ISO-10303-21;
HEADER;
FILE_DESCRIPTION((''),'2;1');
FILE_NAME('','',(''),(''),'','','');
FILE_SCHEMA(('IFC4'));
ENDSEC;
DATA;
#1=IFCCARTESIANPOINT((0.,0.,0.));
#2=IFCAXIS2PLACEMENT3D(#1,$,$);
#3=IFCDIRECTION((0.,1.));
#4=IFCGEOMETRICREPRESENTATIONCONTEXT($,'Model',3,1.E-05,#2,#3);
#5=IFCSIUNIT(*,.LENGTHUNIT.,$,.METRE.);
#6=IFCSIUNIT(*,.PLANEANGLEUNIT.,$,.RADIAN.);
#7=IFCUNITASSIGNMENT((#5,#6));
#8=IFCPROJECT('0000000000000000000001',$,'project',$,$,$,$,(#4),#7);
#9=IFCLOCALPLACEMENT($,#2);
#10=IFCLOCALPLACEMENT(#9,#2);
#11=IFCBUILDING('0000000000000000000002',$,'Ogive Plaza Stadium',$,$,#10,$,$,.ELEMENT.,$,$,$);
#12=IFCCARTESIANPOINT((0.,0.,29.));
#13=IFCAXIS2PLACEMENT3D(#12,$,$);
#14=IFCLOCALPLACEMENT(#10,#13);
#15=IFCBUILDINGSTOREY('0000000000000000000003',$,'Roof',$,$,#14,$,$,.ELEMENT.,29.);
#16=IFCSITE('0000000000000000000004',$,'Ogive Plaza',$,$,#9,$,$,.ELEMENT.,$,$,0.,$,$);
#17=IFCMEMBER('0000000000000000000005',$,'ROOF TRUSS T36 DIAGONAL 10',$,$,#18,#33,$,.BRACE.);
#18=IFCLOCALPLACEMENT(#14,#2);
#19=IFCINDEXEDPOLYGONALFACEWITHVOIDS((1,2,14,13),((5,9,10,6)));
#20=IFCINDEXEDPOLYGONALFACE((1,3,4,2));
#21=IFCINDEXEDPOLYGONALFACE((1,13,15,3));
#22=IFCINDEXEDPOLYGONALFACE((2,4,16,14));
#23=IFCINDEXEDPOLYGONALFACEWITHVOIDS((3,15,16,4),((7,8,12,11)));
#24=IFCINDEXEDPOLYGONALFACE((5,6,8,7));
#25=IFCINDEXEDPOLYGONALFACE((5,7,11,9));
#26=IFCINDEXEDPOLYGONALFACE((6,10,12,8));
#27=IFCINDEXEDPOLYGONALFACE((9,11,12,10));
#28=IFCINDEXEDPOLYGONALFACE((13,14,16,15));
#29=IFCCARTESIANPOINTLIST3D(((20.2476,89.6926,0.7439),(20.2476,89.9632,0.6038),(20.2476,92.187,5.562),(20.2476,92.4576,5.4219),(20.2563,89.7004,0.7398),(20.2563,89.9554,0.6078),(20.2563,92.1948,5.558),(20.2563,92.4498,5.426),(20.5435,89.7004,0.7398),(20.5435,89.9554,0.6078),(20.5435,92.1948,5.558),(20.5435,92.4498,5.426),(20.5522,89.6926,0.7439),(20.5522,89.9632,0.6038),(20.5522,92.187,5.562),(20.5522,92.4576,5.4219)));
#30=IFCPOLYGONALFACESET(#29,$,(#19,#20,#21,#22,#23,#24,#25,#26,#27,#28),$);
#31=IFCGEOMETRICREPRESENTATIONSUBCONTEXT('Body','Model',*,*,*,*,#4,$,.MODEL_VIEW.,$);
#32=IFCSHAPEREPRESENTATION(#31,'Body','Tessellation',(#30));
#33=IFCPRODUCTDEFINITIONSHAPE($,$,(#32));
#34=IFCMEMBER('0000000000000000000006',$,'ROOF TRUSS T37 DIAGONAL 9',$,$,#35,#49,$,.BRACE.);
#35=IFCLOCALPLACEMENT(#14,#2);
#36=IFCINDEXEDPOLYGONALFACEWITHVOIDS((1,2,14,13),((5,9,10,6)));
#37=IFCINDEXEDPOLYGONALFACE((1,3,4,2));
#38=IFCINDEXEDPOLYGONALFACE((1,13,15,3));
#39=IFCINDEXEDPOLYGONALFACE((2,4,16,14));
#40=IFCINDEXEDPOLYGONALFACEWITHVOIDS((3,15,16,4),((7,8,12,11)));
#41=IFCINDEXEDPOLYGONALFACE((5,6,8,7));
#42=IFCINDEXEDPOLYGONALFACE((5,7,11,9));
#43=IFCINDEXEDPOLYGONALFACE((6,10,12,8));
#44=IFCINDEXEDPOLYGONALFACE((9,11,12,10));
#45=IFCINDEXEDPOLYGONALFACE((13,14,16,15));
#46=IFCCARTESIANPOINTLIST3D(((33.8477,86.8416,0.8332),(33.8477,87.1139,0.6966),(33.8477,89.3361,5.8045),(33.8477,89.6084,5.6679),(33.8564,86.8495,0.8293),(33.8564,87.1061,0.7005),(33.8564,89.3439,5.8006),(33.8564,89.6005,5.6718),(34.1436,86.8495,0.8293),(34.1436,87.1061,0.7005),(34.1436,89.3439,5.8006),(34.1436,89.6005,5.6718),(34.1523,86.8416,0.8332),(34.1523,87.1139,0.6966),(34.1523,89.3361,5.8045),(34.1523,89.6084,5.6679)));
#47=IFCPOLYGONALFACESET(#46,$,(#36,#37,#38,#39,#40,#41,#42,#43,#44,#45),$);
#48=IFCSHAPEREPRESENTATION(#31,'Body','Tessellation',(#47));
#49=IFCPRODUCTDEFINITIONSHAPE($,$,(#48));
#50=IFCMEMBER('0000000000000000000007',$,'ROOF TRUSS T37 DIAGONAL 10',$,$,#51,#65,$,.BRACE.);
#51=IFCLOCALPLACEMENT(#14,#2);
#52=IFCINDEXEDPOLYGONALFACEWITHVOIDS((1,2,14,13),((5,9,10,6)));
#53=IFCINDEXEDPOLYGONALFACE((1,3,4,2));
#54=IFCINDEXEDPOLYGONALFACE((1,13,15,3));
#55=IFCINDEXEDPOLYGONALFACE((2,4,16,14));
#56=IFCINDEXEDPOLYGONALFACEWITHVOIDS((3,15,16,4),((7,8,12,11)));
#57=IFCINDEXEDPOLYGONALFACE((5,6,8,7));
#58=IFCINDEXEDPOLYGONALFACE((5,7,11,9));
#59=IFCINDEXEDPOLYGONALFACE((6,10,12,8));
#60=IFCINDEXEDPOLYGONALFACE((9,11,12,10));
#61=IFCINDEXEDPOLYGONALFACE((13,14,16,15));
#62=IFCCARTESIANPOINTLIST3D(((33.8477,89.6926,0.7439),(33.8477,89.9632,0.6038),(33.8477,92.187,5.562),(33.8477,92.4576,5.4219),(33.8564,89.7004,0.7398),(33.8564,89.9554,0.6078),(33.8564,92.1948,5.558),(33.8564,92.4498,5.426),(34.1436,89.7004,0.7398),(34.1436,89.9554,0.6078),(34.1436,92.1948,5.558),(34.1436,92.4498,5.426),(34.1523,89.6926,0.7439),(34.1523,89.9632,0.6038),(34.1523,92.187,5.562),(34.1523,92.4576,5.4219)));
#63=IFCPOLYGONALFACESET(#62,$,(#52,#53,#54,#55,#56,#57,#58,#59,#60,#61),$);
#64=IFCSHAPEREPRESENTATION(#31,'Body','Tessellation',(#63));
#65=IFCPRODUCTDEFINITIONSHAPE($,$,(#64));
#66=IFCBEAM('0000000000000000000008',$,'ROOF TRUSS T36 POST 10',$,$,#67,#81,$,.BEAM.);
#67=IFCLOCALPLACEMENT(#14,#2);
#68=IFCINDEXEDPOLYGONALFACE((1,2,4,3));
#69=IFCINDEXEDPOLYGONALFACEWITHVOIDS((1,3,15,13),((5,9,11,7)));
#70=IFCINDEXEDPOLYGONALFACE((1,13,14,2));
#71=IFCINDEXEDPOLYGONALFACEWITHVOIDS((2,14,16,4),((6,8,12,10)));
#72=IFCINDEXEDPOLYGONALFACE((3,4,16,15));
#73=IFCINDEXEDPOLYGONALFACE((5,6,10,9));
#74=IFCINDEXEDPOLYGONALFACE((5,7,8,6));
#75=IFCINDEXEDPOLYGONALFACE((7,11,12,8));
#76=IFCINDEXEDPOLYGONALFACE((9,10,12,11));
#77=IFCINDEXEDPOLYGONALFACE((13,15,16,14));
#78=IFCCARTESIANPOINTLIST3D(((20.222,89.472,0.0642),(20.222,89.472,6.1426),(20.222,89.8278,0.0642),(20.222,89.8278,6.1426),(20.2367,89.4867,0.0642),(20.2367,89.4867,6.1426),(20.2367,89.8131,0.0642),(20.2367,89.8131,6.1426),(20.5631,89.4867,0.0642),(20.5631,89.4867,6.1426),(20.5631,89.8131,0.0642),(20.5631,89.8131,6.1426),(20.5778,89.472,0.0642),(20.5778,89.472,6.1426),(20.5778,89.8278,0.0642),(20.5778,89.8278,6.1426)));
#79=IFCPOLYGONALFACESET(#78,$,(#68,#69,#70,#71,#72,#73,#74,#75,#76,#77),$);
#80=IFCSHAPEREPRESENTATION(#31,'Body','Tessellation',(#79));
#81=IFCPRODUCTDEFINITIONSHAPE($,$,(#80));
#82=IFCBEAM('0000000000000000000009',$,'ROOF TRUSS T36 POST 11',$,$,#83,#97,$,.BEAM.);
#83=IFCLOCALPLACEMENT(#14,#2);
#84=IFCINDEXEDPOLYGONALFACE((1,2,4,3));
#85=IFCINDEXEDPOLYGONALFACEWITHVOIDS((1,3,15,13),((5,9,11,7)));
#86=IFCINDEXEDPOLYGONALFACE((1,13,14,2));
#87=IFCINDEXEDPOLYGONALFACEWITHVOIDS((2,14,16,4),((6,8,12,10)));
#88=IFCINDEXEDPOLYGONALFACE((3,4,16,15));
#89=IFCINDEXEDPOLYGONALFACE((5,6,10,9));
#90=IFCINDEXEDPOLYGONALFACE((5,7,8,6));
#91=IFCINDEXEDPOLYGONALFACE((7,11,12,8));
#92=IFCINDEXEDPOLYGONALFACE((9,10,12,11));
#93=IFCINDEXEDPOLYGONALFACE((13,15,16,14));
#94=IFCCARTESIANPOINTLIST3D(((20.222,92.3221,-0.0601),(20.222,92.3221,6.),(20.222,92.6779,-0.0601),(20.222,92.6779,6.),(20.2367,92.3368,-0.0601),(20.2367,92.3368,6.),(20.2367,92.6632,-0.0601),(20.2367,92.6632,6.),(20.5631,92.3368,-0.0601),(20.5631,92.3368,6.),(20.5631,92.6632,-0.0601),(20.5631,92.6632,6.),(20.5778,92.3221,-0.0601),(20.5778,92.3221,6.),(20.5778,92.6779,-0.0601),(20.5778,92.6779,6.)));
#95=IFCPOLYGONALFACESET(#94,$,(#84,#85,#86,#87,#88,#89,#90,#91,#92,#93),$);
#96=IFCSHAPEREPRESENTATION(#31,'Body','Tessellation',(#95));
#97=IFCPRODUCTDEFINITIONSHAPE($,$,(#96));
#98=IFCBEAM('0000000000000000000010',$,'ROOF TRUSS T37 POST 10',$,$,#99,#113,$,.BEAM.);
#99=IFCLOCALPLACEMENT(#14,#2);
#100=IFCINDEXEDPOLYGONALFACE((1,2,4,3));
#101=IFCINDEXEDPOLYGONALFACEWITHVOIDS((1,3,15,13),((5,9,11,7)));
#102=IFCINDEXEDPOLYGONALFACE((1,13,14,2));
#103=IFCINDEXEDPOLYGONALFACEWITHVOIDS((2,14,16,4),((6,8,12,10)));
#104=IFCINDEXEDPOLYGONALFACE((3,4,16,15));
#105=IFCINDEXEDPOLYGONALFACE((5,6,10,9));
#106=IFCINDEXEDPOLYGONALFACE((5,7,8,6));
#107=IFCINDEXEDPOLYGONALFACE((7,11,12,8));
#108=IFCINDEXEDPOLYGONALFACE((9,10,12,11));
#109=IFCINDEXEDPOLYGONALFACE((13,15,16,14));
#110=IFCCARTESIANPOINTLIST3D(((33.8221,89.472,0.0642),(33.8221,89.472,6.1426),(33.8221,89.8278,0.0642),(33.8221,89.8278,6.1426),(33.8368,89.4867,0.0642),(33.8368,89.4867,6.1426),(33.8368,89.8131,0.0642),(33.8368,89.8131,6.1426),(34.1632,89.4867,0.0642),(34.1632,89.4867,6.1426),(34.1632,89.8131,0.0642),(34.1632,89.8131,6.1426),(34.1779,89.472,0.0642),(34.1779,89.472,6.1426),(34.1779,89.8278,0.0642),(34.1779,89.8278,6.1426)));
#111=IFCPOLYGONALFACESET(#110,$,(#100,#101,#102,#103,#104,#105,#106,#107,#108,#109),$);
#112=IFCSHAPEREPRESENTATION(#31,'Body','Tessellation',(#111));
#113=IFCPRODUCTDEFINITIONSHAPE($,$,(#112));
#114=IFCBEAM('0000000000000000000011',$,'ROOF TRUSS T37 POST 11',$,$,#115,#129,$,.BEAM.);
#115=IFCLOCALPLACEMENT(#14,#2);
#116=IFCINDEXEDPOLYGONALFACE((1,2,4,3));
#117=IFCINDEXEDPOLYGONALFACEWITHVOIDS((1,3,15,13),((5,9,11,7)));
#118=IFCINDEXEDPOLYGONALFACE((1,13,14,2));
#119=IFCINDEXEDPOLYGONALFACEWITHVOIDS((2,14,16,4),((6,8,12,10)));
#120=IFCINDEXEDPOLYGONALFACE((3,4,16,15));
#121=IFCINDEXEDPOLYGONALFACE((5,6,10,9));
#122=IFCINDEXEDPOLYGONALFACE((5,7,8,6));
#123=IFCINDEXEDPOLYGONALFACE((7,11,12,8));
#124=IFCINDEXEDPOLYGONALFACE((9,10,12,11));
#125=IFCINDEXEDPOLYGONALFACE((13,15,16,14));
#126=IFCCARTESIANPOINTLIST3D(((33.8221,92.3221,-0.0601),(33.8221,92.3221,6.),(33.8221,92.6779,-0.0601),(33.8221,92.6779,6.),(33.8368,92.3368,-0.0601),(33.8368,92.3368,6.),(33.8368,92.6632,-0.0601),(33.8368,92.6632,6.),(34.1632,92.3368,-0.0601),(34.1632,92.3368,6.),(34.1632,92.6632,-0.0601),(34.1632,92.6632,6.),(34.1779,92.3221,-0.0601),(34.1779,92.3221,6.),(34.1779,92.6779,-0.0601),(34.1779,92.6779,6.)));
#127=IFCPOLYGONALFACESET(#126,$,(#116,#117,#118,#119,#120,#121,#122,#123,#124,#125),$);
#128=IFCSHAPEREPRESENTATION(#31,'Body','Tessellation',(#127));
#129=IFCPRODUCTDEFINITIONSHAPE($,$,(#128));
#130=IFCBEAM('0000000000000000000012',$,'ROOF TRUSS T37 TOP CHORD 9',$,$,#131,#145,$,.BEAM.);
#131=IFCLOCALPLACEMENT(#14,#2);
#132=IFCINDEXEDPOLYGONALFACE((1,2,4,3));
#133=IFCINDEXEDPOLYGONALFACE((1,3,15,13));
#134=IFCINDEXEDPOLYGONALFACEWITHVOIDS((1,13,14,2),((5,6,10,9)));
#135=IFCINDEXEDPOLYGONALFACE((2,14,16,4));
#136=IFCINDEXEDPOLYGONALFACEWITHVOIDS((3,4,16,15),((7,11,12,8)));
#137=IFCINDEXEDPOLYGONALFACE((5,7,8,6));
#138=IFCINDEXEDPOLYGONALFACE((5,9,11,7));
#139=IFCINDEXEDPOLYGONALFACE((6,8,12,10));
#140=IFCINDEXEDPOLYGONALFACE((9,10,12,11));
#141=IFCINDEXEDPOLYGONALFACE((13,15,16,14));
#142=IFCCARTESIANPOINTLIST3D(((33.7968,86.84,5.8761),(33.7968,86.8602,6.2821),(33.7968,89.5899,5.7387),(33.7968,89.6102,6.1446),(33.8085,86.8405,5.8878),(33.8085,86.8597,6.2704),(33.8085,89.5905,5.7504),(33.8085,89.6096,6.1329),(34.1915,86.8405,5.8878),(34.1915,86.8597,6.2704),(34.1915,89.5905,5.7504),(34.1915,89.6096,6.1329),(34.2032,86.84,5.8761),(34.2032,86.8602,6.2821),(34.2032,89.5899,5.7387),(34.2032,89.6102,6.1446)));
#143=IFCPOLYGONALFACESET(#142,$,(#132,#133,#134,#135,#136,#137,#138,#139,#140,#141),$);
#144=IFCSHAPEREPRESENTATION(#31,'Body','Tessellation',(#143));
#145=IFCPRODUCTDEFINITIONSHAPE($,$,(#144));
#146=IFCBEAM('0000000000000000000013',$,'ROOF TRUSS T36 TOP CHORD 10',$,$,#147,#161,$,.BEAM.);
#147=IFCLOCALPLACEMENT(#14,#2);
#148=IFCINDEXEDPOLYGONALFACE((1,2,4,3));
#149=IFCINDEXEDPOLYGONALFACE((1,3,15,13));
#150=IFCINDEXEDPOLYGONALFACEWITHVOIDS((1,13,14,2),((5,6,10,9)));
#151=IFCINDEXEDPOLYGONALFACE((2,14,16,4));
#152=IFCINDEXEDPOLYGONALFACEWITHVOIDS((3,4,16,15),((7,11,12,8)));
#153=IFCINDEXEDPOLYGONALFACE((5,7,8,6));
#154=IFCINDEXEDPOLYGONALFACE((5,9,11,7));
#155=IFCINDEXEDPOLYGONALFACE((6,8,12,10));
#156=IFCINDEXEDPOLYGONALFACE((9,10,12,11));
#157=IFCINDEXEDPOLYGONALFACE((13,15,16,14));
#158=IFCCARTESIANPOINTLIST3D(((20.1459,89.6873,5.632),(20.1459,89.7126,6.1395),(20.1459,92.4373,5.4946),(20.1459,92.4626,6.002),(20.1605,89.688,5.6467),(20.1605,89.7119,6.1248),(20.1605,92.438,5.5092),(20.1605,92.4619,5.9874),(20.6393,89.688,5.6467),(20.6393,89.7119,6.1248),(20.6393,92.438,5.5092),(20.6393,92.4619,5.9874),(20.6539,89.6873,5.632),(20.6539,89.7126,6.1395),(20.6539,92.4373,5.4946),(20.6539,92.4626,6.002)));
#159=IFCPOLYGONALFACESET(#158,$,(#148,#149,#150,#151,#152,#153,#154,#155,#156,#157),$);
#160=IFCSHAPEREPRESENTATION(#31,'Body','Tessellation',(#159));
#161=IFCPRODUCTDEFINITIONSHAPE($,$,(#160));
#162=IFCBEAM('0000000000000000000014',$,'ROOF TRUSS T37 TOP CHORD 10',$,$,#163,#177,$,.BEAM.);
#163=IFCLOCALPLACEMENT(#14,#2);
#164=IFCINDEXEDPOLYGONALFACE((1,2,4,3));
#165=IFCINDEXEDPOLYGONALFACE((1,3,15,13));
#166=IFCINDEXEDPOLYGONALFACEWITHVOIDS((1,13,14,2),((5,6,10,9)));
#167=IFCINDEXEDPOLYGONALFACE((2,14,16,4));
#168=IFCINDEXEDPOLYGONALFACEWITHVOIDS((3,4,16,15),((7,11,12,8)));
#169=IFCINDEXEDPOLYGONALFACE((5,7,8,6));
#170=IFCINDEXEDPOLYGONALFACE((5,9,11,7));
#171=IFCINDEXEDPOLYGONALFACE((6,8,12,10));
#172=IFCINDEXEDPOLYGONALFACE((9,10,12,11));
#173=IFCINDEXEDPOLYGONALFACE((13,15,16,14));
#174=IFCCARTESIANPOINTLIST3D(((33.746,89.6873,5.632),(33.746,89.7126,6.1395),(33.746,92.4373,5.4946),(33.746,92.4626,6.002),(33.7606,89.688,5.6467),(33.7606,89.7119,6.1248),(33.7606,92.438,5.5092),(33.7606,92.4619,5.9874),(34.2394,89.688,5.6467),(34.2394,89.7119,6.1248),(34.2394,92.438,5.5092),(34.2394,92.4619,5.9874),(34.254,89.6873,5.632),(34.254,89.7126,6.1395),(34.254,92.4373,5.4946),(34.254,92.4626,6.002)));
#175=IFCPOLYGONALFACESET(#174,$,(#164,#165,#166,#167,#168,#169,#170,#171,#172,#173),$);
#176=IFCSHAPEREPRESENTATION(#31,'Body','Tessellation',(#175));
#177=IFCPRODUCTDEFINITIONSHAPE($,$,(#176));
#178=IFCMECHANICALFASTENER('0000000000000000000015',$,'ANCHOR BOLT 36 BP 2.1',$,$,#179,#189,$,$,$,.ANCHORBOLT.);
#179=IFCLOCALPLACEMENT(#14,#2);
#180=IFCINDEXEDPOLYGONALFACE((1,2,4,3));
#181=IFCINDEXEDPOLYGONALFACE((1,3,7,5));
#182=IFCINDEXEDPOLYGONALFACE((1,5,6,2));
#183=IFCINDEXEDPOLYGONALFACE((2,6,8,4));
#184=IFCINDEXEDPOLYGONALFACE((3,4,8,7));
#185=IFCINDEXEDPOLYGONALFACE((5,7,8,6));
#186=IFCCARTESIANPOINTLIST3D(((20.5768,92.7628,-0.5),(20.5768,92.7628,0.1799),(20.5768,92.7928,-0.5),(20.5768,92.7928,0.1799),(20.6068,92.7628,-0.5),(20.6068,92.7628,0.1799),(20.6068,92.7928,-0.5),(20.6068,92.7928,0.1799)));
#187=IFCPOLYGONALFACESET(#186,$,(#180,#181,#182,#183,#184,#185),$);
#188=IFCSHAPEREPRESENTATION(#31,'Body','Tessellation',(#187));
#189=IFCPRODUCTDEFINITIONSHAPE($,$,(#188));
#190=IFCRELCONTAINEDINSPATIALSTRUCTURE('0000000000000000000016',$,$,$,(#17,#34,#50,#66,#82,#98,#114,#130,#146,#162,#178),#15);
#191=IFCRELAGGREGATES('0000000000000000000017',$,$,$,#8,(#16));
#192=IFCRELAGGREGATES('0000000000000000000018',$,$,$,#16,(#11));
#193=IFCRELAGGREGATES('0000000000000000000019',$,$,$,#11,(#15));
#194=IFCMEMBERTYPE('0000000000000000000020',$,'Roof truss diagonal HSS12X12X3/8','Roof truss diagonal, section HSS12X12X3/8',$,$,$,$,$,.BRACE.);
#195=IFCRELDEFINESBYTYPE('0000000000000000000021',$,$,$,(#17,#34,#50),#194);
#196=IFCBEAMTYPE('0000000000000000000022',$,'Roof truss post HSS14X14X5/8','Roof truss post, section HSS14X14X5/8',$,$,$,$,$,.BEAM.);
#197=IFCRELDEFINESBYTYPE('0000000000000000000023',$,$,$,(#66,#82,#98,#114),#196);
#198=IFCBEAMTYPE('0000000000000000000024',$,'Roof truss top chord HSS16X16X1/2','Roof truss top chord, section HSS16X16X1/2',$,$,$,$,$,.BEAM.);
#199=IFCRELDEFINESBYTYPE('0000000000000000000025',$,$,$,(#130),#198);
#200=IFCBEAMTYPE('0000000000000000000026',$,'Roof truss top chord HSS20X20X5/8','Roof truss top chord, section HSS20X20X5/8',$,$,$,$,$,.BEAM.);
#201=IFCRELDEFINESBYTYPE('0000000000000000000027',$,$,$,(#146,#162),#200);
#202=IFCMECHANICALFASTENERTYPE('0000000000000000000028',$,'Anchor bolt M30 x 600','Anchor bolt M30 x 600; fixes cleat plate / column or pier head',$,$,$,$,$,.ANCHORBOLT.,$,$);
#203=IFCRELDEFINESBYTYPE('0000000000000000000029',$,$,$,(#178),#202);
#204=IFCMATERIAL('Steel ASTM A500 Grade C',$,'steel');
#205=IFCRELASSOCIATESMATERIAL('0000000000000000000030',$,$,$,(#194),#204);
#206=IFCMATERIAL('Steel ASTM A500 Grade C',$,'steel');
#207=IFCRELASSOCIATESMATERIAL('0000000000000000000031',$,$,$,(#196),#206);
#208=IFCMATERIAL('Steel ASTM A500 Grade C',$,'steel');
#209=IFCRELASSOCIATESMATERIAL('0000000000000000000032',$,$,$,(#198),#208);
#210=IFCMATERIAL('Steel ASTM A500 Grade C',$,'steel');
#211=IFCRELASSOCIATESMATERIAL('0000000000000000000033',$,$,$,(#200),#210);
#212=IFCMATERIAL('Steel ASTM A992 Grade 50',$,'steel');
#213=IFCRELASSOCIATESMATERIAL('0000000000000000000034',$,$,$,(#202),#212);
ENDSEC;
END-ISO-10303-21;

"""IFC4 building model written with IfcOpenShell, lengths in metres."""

from ifc_helpers import new_model, si_unit, direction, frame, origin, origin_2d, place, context, subcontext, project, spatial, rectangle, hollow_rectangle, extrude, material, material_profile, profile_set, type_object, element, save


model = new_model("IFC4")

# Units and contexts
model_context = context("Model", 3, precision=1e-05, world=origin(), true_north=direction((0.0, 1.0)))
body_context = subcontext(model_context, "Body", "Model", "MODEL_VIEW")
ifc_project = project(units=[si_unit("LENGTHUNIT", "METRE"), si_unit("PLANEANGLEUNIT", "RADIAN")], contexts=[model_context])

# Site, building, storey
site_placement = place(None, origin())
site = spatial("IfcSite", under=ifc_project, at=site_placement, Name="Ogive Plaza", CompositionType="ELEMENT", RefElevation=0.0)
building_placement = place(site_placement, origin())
building = spatial("IfcBuilding", under=site, at=building_placement, Name="Ogive Plaza Stadium", CompositionType="ELEMENT")
storey_placement = place(building_placement, frame((0.0, 0.0, 29.0)))
storey = spatial("IfcBuildingStorey", under=building, at=storey_placement, Name="Roof", CompositionType="ELEMENT", Elevation=29.0)

# Members
ifc_material_1 = material(Name="Steel ASTM A500 Grade C", Category="steel")
ifc_material_profile_1 = material_profile(ifc_material_1, hollow_rectangle(XDim=0.3047, YDim=0.3047, WallThickness=0.0088, at=origin_2d()), Name="HSS12X12X3/8")
ifc_profile_set_1 = profile_set([ifc_material_profile_1], Name="Steel ASTM A500 Grade C")
member_type_1 = type_object("IfcMemberType", Name="Roof truss diagonal HSS12X12X3/8", Description="Roof truss diagonal, section HSS12X12X3/8", PredefinedType="BRACE", material=ifc_profile_set_1)
member_1_placement = place(storey_placement, frame((20.3999, 89.8279, 0.6738), z_axis=(0.0, 0.459751, 0.888048), x_axis=(-1.0, 0.0, 0.0)))
element("IfcMember", 1, at=member_1_placement, inside=storey, type_object=member_type_1, Name="ROOF TRUSS T36 DIAGONAL 10", PredefinedType="BRACE", context=body_context, shape_type="SweptSolid", body=[
    extrude(hollow_rectangle(XDim=0.3047, YDim=0.3047, WallThickness=0.0088, at=origin_2d()), origin(), (0.0, 0.0, 1.0), 5.4255),
])
member_2_placement = place(storey_placement, frame((34.0, 86.9778, 0.7649), z_axis=(0.0, 0.448477, 0.893794), x_axis=(-1.0, 0.0, 0.0)))
element("IfcMember", 2, at=member_2_placement, inside=storey, type_object=member_type_1, Name="ROOF TRUSS T37 DIAGONAL 9", PredefinedType="BRACE", context=body_context, shape_type="SweptSolid", body=[
    extrude(hollow_rectangle(XDim=0.3047, YDim=0.3047, WallThickness=0.0088, at=origin_2d()), origin(), (0.0, 0.0, 1.0), 5.562),
])
member_3_placement = place(storey_placement, frame((34.0, 89.8279, 0.6738), z_axis=(0.0, 0.459751, 0.888048), x_axis=(-1.0, 0.0, 0.0)))
element("IfcMember", 3, at=member_3_placement, inside=storey, type_object=member_type_1, Name="ROOF TRUSS T37 DIAGONAL 10", PredefinedType="BRACE", context=body_context, shape_type="SweptSolid", body=[
    extrude(hollow_rectangle(XDim=0.3047, YDim=0.3047, WallThickness=0.0088, at=origin_2d()), origin(), (0.0, 0.0, 1.0), 5.4255),
])

# Beams
ifc_material_2 = material(Name="Steel ASTM A500 Grade C", Category="steel")
ifc_material_profile_2 = material_profile(ifc_material_2, hollow_rectangle(XDim=0.3557, YDim=0.3557, WallThickness=0.0146, at=origin_2d()), Name="HSS14X14X5/8")
ifc_profile_set_2 = profile_set([ifc_material_profile_2], Name="Steel ASTM A500 Grade C")
beam_type_1 = type_object("IfcBeamType", Name="Roof truss post HSS14X14X5/8", Description="Roof truss post, section HSS14X14X5/8", PredefinedType="BEAM", material=ifc_profile_set_2)
beam_1_placement = place(storey_placement, frame((20.3999, 89.6499, 0.0642), z_axis=(0.0, 0.0, 1.0), x_axis=(-1.0, 0.0, 0.0)))
element("IfcBeam", 4, at=beam_1_placement, inside=storey, type_object=beam_type_1, Name="ROOF TRUSS T36 POST 10", PredefinedType="BEAM", context=body_context, shape_type="SweptSolid", body=[
    extrude(hollow_rectangle(XDim=0.3557, YDim=0.3557, WallThickness=0.0146, at=origin_2d()), origin(), (0.0, 0.0, 1.0), 6.0784),
])
beam_2_placement = place(storey_placement, frame((20.3999, 92.5, -0.0601), z_axis=(0.0, 0.0, 1.0), x_axis=(-1.0, 0.0, 0.0)))
element("IfcBeam", 5, at=beam_2_placement, inside=storey, type_object=beam_type_1, Name="ROOF TRUSS T36 POST 11", PredefinedType="BEAM", context=body_context, shape_type="SweptSolid", body=[
    extrude(hollow_rectangle(XDim=0.3557, YDim=0.3557, WallThickness=0.0146, at=origin_2d()), origin(), (0.0, 0.0, 1.0), 6.0601),
])
beam_3_placement = place(storey_placement, frame((34.0, 89.6499, 0.0642), z_axis=(0.0, 0.0, 1.0), x_axis=(-1.0, 0.0, 0.0)))
element("IfcBeam", 6, at=beam_3_placement, inside=storey, type_object=beam_type_1, Name="ROOF TRUSS T37 POST 10", PredefinedType="BEAM", context=body_context, shape_type="SweptSolid", body=[
    extrude(hollow_rectangle(XDim=0.3557, YDim=0.3557, WallThickness=0.0146, at=origin_2d()), origin(), (0.0, 0.0, 1.0), 6.0784),
])
beam_4_placement = place(storey_placement, frame((34.0, 92.5, -0.0601), z_axis=(0.0, 0.0, 1.0), x_axis=(-1.0, 0.0, 0.0)))
element("IfcBeam", 7, at=beam_4_placement, inside=storey, type_object=beam_type_1, Name="ROOF TRUSS T37 POST 11", PredefinedType="BEAM", context=body_context, shape_type="SweptSolid", body=[
    extrude(hollow_rectangle(XDim=0.3557, YDim=0.3557, WallThickness=0.0146, at=origin_2d()), origin(), (0.0, 0.0, 1.0), 6.0601),
])
ifc_material_3 = material(Name="Steel ASTM A500 Grade C", Category="steel")
ifc_material_profile_3 = material_profile(ifc_material_3, hollow_rectangle(XDim=0.4065, YDim=0.4065, WallThickness=0.0117, at=origin_2d()), Name="HSS16X16X1/2")
ifc_profile_set_3 = profile_set([ifc_material_profile_3], Name="Steel ASTM A500 Grade C")
beam_type_2 = type_object("IfcBeamType", Name="Roof truss top chord HSS16X16X1/2", Description="Roof truss top chord, section HSS16X16X1/2", PredefinedType="BEAM", material=ifc_profile_set_3)
beam_5_placement = place(storey_placement, frame((34.0, 86.8501, 6.0791), z_axis=(0.0, 0.998753, -0.04992), x_axis=(-1.0, 0.0, 0.0)))
element("IfcBeam", 8, at=beam_5_placement, inside=storey, type_object=beam_type_2, Name="ROOF TRUSS T37 TOP CHORD 9", PredefinedType="BEAM", context=body_context, shape_type="SweptSolid", body=[
    extrude(hollow_rectangle(XDim=0.4065, YDim=0.4065, WallThickness=0.0117, at=origin_2d()), origin(), (0.0, 0.0, 1.0), 2.7534),
])
ifc_material_4 = material(Name="Steel ASTM A500 Grade C", Category="steel")
ifc_material_profile_4 = material_profile(ifc_material_4, hollow_rectangle(XDim=0.5081, YDim=0.5081, WallThickness=0.0146, at=origin_2d()), Name="HSS20X20X5/8")
ifc_profile_set_4 = profile_set([ifc_material_profile_4], Name="Steel ASTM A500 Grade C")
beam_type_3 = type_object("IfcBeamType", Name="Roof truss top chord HSS20X20X5/8", Description="Roof truss top chord, section HSS20X20X5/8", PredefinedType="BEAM", material=ifc_profile_set_4)
for number, where, z_axis, x_axis, name in (
    (9, (20.3999, 89.7, 5.8857), (0.0, 0.998753, -0.04992), (-1.0, 0.0, 0.0), "ROOF TRUSS T36 TOP CHORD 10"),
    (10, (34.0, 89.7, 5.8857), (0.0, 0.998753, -0.04992), (-1.0, 0.0, 0.0), "ROOF TRUSS T37 TOP CHORD 10"),
):
    element("IfcBeam", number, at=place(storey_placement, frame(where, z_axis=z_axis, x_axis=x_axis)), inside=storey, type_object=beam_type_3, Name=name, PredefinedType="BEAM", context=body_context, shape_type="SweptSolid", body=[
        extrude(hollow_rectangle(XDim=0.5081, YDim=0.5081, WallThickness=0.0146, at=origin_2d()), origin(), (0.0, 0.0, 1.0), 2.7534),
    ])

# Mechanical fastener
ifc_material_5 = material(Name="Steel ASTM A992 Grade 50", Category="steel")
mechanical_fastener_type = type_object("IfcMechanicalFastenerType", Name="Anchor bolt M30 x 600", Description="Anchor bolt M30 x 600; fixes cleat plate / column or pier head", PredefinedType="ANCHORBOLT", material=ifc_material_5)
for number, where, z_axis, x_axis, name in (
    (11, (20.5918, 92.7778, -0.5), (0.0, 0.0, 1.0), (0.0, 1.0, 0.0), "ANCHOR BOLT 36 BP 2.1"),
):
    element("IfcMechanicalFastener", number, at=place(storey_placement, frame(where, z_axis=z_axis, x_axis=x_axis)), inside=storey, type_object=mechanical_fastener_type, Name=name, PredefinedType="ANCHORBOLT", context=body_context, shape_type="SweptSolid", body=[
        extrude(rectangle(XDim=0.03, YDim=0.03, at=origin_2d()), origin(), (0.0, 0.0, 1.0), 0.6799),
    ])

save(model, "model.ifc")
